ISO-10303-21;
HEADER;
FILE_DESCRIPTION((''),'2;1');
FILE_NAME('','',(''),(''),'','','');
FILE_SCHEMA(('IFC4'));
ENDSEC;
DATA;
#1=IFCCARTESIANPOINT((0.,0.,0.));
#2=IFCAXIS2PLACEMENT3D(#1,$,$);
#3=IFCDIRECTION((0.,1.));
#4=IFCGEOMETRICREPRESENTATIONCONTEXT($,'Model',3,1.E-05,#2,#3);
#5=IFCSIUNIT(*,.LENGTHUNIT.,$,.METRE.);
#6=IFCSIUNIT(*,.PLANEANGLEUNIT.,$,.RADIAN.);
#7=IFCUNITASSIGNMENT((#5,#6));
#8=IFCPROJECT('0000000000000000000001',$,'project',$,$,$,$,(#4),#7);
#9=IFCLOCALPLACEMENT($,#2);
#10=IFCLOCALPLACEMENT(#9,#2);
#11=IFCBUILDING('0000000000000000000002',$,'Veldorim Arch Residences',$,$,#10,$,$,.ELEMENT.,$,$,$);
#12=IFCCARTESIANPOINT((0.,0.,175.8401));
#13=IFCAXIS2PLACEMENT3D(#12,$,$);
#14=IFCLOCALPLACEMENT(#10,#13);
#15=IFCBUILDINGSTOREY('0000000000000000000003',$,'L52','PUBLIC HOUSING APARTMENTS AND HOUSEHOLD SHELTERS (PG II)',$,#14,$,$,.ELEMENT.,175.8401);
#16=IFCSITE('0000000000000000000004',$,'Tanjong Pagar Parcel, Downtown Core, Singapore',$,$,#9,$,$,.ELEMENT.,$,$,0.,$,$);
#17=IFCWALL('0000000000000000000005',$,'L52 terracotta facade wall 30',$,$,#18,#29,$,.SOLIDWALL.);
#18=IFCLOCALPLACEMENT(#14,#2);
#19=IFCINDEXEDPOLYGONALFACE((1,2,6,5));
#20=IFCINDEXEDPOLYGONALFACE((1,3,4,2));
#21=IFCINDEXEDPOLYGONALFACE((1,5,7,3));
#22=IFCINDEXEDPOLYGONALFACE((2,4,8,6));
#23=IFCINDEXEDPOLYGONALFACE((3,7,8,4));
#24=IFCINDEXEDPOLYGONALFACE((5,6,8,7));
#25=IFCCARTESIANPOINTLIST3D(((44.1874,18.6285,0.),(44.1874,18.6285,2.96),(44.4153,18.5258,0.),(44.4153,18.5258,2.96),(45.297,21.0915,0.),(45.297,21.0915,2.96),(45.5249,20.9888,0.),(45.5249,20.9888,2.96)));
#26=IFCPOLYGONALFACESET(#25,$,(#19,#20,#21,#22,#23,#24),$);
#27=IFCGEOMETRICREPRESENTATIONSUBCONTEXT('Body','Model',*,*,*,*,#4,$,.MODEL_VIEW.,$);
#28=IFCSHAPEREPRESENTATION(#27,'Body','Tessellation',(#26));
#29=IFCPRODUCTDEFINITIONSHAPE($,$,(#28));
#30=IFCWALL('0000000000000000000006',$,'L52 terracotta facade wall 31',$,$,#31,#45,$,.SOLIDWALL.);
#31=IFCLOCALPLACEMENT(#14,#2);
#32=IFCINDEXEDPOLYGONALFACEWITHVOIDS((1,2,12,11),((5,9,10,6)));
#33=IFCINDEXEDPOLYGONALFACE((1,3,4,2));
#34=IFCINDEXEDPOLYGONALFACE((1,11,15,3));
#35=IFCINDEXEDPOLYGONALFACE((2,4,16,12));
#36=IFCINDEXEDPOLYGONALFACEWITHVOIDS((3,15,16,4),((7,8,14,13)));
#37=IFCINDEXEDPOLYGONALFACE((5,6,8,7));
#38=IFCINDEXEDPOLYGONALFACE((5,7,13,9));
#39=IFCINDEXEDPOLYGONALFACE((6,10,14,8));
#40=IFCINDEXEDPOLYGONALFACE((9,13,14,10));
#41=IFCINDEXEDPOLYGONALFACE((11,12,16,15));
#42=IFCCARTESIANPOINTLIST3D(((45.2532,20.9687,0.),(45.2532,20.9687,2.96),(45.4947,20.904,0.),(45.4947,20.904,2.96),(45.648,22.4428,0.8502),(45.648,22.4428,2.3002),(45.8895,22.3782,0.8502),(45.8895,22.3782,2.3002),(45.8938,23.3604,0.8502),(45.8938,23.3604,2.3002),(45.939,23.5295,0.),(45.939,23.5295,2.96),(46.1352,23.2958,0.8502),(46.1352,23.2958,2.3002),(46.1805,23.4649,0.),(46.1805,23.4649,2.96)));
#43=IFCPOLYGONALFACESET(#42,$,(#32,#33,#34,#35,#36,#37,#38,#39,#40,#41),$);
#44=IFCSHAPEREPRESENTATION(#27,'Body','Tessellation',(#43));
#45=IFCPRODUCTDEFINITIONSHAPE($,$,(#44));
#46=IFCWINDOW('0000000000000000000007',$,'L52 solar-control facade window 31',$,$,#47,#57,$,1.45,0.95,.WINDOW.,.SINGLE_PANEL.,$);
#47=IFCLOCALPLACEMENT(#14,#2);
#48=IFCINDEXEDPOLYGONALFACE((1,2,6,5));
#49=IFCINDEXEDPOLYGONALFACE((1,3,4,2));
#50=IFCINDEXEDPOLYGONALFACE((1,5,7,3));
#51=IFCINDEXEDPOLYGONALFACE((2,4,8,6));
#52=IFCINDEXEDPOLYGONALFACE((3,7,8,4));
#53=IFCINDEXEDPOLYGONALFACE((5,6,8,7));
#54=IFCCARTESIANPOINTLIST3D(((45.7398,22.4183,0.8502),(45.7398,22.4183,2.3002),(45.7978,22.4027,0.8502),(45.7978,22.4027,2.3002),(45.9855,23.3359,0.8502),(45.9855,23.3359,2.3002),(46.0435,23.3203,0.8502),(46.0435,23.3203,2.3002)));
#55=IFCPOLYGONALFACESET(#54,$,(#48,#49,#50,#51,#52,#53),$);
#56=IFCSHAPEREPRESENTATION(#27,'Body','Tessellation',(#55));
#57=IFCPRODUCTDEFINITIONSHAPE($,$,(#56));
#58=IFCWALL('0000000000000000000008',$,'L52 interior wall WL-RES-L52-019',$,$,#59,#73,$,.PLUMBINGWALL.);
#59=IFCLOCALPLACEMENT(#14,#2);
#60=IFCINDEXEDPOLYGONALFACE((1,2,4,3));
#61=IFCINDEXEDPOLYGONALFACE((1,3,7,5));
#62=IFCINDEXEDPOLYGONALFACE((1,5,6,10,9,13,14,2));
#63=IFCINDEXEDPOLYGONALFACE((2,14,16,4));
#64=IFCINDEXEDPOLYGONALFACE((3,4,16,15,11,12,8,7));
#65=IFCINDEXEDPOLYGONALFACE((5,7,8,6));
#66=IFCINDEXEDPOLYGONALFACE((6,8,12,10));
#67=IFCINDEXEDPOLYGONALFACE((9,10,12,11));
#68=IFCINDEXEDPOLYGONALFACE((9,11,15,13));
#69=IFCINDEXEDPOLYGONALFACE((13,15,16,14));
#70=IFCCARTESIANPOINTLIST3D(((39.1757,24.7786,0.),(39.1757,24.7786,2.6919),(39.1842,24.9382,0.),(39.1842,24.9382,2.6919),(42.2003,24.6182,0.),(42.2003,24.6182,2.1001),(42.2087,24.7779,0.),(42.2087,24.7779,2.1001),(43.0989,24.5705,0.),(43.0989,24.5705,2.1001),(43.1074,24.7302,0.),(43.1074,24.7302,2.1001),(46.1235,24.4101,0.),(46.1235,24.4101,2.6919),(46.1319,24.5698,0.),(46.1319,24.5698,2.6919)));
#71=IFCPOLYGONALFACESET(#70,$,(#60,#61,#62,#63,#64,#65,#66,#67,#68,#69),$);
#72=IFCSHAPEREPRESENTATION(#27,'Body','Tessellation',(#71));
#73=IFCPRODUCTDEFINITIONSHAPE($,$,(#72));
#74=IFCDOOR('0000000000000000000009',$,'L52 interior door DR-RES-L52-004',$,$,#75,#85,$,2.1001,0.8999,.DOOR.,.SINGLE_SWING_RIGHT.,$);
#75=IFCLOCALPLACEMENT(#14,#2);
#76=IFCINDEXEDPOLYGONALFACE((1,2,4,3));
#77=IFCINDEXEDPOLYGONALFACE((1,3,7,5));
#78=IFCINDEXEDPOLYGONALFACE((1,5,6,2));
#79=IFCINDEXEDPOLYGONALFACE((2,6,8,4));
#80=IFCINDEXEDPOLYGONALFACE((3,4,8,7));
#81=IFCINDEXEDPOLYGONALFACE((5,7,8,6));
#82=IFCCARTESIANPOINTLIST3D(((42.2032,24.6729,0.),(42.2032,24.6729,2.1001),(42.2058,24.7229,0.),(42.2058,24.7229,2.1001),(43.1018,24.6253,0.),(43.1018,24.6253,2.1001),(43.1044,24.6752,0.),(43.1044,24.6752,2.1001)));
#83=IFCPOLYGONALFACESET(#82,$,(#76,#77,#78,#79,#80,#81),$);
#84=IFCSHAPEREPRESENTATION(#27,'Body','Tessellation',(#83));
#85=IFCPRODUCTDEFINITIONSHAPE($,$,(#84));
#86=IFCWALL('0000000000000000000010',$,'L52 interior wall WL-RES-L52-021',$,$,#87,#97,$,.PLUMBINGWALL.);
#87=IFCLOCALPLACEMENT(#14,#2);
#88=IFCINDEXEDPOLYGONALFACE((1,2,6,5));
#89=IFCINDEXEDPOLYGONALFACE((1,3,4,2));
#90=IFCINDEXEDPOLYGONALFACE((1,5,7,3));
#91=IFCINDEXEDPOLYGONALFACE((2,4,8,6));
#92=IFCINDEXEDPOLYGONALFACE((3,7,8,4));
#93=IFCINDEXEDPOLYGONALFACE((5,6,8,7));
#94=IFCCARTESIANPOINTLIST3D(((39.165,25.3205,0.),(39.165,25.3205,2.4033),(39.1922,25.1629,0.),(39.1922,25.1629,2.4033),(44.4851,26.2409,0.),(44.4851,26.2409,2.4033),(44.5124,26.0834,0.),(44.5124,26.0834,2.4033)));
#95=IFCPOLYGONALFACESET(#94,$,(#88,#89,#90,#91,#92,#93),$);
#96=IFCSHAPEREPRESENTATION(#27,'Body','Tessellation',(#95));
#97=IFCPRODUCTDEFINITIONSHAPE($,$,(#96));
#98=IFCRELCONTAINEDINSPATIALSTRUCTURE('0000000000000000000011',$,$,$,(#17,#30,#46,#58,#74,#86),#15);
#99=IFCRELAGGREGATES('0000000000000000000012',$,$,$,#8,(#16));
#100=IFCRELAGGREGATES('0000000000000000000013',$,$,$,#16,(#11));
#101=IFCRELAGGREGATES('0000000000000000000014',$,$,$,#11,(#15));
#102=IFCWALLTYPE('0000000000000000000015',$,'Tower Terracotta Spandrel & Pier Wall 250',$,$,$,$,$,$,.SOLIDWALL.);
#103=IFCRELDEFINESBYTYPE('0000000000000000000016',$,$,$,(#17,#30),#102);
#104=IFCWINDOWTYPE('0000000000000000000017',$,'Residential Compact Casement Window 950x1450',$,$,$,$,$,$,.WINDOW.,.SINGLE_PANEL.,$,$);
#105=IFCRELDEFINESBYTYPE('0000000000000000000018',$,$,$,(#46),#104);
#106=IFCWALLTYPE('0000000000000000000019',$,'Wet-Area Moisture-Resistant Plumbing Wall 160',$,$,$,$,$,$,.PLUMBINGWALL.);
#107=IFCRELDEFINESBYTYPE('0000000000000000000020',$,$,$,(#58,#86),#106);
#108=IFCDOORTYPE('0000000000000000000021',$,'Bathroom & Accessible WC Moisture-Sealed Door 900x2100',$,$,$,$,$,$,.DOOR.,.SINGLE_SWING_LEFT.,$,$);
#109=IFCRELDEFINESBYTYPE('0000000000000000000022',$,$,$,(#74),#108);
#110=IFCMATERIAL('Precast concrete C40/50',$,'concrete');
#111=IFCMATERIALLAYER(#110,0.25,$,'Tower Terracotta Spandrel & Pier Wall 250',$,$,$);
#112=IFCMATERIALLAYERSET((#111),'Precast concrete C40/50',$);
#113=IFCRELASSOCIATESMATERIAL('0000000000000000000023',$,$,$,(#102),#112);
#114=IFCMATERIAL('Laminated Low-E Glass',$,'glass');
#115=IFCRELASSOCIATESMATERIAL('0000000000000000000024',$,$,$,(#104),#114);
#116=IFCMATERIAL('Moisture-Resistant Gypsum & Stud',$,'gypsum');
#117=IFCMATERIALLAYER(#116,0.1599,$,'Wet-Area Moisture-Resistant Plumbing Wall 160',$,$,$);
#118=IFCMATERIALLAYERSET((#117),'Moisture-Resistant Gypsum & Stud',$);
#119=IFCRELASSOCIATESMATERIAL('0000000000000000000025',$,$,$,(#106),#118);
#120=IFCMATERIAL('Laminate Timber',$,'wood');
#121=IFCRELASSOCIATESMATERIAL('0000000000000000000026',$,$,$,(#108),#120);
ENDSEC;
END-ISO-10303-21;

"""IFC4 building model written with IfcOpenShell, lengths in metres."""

from ifc_helpers import new_model, si_unit, direction, frame, frame_2d, origin, place, context, subcontext, project, spatial, rectangle, extrude, material, layer, layer_set, type_object, element, fill, save


model = new_model("IFC4")

# Units and contexts
model_context = context("Model", 3, precision=1e-05, world=origin(), true_north=direction((0.0, 1.0)))
body_context = subcontext(model_context, "Body", "Model", "MODEL_VIEW")
ifc_project = project(units=[si_unit("LENGTHUNIT", "METRE"), si_unit("PLANEANGLEUNIT", "RADIAN")], contexts=[model_context])

# Site, building, storey
site_placement = place(None, origin())
site = spatial("IfcSite", under=ifc_project, at=site_placement, Name="Tanjong Pagar Parcel, Downtown Core, Singapore", CompositionType="ELEMENT", RefElevation=0.0)
building_placement = place(site_placement, origin())
building = spatial("IfcBuilding", under=site, at=building_placement, Name="Veldorim Arch Residences", CompositionType="ELEMENT")
storey_placement = place(building_placement, frame((0.0, 0.0, 175.8401)))
storey = spatial("IfcBuildingStorey", under=building, at=storey_placement, Name="L52", Description="PUBLIC HOUSING APARTMENTS AND HOUSEHOLD SHELTERS (PG II)", CompositionType="ELEMENT", Elevation=175.8401)

# Wall
ifc_material_1 = material(Name="Precast concrete C40/50", Category="concrete")
ifc_layer_1 = layer(ifc_material_1, 0.25, Name="Tower Terracotta Spandrel & Pier Wall 250")
ifc_layer_set_1 = layer_set([ifc_layer_1], Name="Precast concrete C40/50")
wall_type_1 = type_object("IfcWallType", Name="Tower Terracotta Spandrel & Pier Wall 250", PredefinedType="SOLIDWALL", material=ifc_layer_set_1)
wall_1_placement = place(storey_placement, frame((45.4109, 21.04, 0.0), z_axis=(0.0, 0.0, 1.0), x_axis=(-0.410737, -0.911754, 0.0)))
element("IfcWall", 1, at=wall_1_placement, inside=storey, type_object=wall_type_1, Name="L52 terracotta facade wall 30", PredefinedType="SOLIDWALL", context=body_context, shape_type="SweptSolid", body=[
    extrude(rectangle(XDim=2.7014, YDim=0.25, at=frame_2d((1.3506, 0.0))), origin(), (0.0, 0.0, 1.0), 2.96),
])

# Wall, opening, window
wall_2_placement = place(storey_placement, frame((46.0598, 23.4973, 0.0), z_axis=(0.0, 0.0, 1.0), x_axis=(-0.258689, -0.965961, 0.0)))
wall_2 = element("IfcWall", 2, at=wall_2_placement, inside=storey, type_object=wall_type_1, Name="L52 terracotta facade wall 31", PredefinedType="SOLIDWALL", context=body_context, shape_type="SweptSolid", body=[
    extrude(rectangle(XDim=2.6511, YDim=0.25, at=frame_2d((1.3257, 0.0))), origin(), (0.0, 0.0, 1.0), 2.96),
])
opening_1_placement = place(wall_2_placement, frame((0.175, 0.0, 0.8501)))
opening_1 = element("IfcOpeningElement", 3, at=opening_1_placement, cuts=wall_2, PredefinedType="OPENING", context=body_context, shape_type="SweptSolid", body=[
    extrude(rectangle(XDim=0.95, YDim=1.45, at=frame_2d((0.4751, 0.7251))), frame((0.0, 0.135, 0.0), z_axis=(0.0, -1.0, 0.0), x_axis=(1.0, 0.0, 0.0)), (0.0, 0.0, 1.0), 0.27),
])
ifc_material_2 = material(Name="Laminated Low-E Glass", Category="glass")
window_type = type_object("IfcWindowType", Name="Residential Compact Casement Window 950x1450", PartitioningType="SINGLE_PANEL", PredefinedType="WINDOW", material=ifc_material_2)
window_placement = place(opening_1_placement, origin())
window = element("IfcWindow", 4, at=window_placement, inside=storey, type_object=window_type, Name="L52 solar-control facade window 31", OverallHeight=1.45, OverallWidth=0.95, PartitioningType="SINGLE_PANEL", PredefinedType="WINDOW", context=body_context, shape_type="SweptSolid", body=[
    extrude(rectangle(XDim=0.95, YDim=1.45, at=frame_2d((0.4751, 0.7251))), frame((0.0, 0.03, 0.0), z_axis=(0.0, -1.0, 0.0), x_axis=(1.0, 0.0, 0.0)), (0.0, 0.0, 1.0), 0.0601),
])
fill(opening_1, window)

# Wall, opening, door
ifc_material_3 = material(Name="Moisture-Resistant Gypsum & Stud", Category="gypsum")
ifc_layer_2 = layer(ifc_material_3, 0.1599, Name="Wet-Area Moisture-Resistant Plumbing Wall 160")
ifc_layer_set_2 = layer_set([ifc_layer_2], Name="Moisture-Resistant Gypsum & Stud")
wall_type_2 = type_object("IfcWallType", Name="Wet-Area Moisture-Resistant Plumbing Wall 160", PredefinedType="PLUMBINGWALL", material=ifc_layer_set_2)
wall_3_placement = place(storey_placement, frame((39.1799, 24.8584, 0.0), z_axis=(0.0, 0.0, 1.0), x_axis=(0.998597, -0.052951, 0.0)))
wall_3 = element("IfcWall", 5, at=wall_3_placement, inside=storey, type_object=wall_type_2, Name="L52 interior wall WL-RES-L52-019", PredefinedType="PLUMBINGWALL", context=body_context, shape_type="SweptSolid", body=[
    extrude(rectangle(XDim=6.9575, YDim=0.1599, at=frame_2d((3.4788, 0.0))), origin(), (0.0, 0.0, 1.0), 2.6919),
])
opening_2_placement = place(wall_3_placement, frame((3.0288, 0.0, 0.0)))
opening_2 = element("IfcOpeningElement", 6, at=opening_2_placement, cuts=wall_3, PredefinedType="OPENING", context=body_context, shape_type="SweptSolid", body=[
    extrude(rectangle(XDim=0.8999, YDim=2.1001, at=frame_2d((0.45, 1.05))), frame((0.0, 0.0898, 0.0), z_axis=(0.0, -1.0, 0.0), x_axis=(1.0, 0.0, 0.0)), (0.0, 0.0, 1.0), 0.1799),
])
ifc_material_4 = material(Name="Laminate Timber", Category="wood")
door_type_1 = type_object("IfcDoorType", Name="Bathroom & Accessible WC Moisture-Sealed Door 900x2100", OperationType="SINGLE_SWING_LEFT", PredefinedType="DOOR", material=ifc_material_4)
door_1_placement = place(opening_2_placement, origin())
door_1 = element("IfcDoor", 7, at=door_1_placement, inside=storey, type_object=door_type_1, Name="L52 interior door DR-RES-L52-004", OperationType="SINGLE_SWING_RIGHT", OverallHeight=2.1001, OverallWidth=0.8999, PredefinedType="DOOR", context=body_context, shape_type="SweptSolid", body=[
    extrude(rectangle(XDim=0.8999, YDim=2.1001, at=frame_2d((0.45, 1.05))), frame((0.0, 0.0249, 0.0), z_axis=(0.0, -1.0, 0.0), x_axis=(1.0, 0.0, 0.0)), (0.0, 0.0, 1.0), 0.05),
])
fill(opening_2, door_1)

# Wall
wall_4_placement = place(storey_placement, frame((39.1785, 25.2417, 0.0), z_axis=(0.0, 0.0, 1.0), x_axis=(0.985362, 0.170475, 0.0)))
element("IfcWall", 8, at=wall_4_placement, inside=storey, type_object=wall_type_2, Name="L52 interior wall WL-RES-L52-021", PredefinedType="PLUMBINGWALL", context=body_context, shape_type="SweptSolid", body=[
    extrude(rectangle(XDim=5.3992, YDim=0.1599, at=frame_2d((2.6997, 0.0))), origin(), (0.0, 0.0, 1.0), 2.4033),
])

save(model, "model.ifc")
